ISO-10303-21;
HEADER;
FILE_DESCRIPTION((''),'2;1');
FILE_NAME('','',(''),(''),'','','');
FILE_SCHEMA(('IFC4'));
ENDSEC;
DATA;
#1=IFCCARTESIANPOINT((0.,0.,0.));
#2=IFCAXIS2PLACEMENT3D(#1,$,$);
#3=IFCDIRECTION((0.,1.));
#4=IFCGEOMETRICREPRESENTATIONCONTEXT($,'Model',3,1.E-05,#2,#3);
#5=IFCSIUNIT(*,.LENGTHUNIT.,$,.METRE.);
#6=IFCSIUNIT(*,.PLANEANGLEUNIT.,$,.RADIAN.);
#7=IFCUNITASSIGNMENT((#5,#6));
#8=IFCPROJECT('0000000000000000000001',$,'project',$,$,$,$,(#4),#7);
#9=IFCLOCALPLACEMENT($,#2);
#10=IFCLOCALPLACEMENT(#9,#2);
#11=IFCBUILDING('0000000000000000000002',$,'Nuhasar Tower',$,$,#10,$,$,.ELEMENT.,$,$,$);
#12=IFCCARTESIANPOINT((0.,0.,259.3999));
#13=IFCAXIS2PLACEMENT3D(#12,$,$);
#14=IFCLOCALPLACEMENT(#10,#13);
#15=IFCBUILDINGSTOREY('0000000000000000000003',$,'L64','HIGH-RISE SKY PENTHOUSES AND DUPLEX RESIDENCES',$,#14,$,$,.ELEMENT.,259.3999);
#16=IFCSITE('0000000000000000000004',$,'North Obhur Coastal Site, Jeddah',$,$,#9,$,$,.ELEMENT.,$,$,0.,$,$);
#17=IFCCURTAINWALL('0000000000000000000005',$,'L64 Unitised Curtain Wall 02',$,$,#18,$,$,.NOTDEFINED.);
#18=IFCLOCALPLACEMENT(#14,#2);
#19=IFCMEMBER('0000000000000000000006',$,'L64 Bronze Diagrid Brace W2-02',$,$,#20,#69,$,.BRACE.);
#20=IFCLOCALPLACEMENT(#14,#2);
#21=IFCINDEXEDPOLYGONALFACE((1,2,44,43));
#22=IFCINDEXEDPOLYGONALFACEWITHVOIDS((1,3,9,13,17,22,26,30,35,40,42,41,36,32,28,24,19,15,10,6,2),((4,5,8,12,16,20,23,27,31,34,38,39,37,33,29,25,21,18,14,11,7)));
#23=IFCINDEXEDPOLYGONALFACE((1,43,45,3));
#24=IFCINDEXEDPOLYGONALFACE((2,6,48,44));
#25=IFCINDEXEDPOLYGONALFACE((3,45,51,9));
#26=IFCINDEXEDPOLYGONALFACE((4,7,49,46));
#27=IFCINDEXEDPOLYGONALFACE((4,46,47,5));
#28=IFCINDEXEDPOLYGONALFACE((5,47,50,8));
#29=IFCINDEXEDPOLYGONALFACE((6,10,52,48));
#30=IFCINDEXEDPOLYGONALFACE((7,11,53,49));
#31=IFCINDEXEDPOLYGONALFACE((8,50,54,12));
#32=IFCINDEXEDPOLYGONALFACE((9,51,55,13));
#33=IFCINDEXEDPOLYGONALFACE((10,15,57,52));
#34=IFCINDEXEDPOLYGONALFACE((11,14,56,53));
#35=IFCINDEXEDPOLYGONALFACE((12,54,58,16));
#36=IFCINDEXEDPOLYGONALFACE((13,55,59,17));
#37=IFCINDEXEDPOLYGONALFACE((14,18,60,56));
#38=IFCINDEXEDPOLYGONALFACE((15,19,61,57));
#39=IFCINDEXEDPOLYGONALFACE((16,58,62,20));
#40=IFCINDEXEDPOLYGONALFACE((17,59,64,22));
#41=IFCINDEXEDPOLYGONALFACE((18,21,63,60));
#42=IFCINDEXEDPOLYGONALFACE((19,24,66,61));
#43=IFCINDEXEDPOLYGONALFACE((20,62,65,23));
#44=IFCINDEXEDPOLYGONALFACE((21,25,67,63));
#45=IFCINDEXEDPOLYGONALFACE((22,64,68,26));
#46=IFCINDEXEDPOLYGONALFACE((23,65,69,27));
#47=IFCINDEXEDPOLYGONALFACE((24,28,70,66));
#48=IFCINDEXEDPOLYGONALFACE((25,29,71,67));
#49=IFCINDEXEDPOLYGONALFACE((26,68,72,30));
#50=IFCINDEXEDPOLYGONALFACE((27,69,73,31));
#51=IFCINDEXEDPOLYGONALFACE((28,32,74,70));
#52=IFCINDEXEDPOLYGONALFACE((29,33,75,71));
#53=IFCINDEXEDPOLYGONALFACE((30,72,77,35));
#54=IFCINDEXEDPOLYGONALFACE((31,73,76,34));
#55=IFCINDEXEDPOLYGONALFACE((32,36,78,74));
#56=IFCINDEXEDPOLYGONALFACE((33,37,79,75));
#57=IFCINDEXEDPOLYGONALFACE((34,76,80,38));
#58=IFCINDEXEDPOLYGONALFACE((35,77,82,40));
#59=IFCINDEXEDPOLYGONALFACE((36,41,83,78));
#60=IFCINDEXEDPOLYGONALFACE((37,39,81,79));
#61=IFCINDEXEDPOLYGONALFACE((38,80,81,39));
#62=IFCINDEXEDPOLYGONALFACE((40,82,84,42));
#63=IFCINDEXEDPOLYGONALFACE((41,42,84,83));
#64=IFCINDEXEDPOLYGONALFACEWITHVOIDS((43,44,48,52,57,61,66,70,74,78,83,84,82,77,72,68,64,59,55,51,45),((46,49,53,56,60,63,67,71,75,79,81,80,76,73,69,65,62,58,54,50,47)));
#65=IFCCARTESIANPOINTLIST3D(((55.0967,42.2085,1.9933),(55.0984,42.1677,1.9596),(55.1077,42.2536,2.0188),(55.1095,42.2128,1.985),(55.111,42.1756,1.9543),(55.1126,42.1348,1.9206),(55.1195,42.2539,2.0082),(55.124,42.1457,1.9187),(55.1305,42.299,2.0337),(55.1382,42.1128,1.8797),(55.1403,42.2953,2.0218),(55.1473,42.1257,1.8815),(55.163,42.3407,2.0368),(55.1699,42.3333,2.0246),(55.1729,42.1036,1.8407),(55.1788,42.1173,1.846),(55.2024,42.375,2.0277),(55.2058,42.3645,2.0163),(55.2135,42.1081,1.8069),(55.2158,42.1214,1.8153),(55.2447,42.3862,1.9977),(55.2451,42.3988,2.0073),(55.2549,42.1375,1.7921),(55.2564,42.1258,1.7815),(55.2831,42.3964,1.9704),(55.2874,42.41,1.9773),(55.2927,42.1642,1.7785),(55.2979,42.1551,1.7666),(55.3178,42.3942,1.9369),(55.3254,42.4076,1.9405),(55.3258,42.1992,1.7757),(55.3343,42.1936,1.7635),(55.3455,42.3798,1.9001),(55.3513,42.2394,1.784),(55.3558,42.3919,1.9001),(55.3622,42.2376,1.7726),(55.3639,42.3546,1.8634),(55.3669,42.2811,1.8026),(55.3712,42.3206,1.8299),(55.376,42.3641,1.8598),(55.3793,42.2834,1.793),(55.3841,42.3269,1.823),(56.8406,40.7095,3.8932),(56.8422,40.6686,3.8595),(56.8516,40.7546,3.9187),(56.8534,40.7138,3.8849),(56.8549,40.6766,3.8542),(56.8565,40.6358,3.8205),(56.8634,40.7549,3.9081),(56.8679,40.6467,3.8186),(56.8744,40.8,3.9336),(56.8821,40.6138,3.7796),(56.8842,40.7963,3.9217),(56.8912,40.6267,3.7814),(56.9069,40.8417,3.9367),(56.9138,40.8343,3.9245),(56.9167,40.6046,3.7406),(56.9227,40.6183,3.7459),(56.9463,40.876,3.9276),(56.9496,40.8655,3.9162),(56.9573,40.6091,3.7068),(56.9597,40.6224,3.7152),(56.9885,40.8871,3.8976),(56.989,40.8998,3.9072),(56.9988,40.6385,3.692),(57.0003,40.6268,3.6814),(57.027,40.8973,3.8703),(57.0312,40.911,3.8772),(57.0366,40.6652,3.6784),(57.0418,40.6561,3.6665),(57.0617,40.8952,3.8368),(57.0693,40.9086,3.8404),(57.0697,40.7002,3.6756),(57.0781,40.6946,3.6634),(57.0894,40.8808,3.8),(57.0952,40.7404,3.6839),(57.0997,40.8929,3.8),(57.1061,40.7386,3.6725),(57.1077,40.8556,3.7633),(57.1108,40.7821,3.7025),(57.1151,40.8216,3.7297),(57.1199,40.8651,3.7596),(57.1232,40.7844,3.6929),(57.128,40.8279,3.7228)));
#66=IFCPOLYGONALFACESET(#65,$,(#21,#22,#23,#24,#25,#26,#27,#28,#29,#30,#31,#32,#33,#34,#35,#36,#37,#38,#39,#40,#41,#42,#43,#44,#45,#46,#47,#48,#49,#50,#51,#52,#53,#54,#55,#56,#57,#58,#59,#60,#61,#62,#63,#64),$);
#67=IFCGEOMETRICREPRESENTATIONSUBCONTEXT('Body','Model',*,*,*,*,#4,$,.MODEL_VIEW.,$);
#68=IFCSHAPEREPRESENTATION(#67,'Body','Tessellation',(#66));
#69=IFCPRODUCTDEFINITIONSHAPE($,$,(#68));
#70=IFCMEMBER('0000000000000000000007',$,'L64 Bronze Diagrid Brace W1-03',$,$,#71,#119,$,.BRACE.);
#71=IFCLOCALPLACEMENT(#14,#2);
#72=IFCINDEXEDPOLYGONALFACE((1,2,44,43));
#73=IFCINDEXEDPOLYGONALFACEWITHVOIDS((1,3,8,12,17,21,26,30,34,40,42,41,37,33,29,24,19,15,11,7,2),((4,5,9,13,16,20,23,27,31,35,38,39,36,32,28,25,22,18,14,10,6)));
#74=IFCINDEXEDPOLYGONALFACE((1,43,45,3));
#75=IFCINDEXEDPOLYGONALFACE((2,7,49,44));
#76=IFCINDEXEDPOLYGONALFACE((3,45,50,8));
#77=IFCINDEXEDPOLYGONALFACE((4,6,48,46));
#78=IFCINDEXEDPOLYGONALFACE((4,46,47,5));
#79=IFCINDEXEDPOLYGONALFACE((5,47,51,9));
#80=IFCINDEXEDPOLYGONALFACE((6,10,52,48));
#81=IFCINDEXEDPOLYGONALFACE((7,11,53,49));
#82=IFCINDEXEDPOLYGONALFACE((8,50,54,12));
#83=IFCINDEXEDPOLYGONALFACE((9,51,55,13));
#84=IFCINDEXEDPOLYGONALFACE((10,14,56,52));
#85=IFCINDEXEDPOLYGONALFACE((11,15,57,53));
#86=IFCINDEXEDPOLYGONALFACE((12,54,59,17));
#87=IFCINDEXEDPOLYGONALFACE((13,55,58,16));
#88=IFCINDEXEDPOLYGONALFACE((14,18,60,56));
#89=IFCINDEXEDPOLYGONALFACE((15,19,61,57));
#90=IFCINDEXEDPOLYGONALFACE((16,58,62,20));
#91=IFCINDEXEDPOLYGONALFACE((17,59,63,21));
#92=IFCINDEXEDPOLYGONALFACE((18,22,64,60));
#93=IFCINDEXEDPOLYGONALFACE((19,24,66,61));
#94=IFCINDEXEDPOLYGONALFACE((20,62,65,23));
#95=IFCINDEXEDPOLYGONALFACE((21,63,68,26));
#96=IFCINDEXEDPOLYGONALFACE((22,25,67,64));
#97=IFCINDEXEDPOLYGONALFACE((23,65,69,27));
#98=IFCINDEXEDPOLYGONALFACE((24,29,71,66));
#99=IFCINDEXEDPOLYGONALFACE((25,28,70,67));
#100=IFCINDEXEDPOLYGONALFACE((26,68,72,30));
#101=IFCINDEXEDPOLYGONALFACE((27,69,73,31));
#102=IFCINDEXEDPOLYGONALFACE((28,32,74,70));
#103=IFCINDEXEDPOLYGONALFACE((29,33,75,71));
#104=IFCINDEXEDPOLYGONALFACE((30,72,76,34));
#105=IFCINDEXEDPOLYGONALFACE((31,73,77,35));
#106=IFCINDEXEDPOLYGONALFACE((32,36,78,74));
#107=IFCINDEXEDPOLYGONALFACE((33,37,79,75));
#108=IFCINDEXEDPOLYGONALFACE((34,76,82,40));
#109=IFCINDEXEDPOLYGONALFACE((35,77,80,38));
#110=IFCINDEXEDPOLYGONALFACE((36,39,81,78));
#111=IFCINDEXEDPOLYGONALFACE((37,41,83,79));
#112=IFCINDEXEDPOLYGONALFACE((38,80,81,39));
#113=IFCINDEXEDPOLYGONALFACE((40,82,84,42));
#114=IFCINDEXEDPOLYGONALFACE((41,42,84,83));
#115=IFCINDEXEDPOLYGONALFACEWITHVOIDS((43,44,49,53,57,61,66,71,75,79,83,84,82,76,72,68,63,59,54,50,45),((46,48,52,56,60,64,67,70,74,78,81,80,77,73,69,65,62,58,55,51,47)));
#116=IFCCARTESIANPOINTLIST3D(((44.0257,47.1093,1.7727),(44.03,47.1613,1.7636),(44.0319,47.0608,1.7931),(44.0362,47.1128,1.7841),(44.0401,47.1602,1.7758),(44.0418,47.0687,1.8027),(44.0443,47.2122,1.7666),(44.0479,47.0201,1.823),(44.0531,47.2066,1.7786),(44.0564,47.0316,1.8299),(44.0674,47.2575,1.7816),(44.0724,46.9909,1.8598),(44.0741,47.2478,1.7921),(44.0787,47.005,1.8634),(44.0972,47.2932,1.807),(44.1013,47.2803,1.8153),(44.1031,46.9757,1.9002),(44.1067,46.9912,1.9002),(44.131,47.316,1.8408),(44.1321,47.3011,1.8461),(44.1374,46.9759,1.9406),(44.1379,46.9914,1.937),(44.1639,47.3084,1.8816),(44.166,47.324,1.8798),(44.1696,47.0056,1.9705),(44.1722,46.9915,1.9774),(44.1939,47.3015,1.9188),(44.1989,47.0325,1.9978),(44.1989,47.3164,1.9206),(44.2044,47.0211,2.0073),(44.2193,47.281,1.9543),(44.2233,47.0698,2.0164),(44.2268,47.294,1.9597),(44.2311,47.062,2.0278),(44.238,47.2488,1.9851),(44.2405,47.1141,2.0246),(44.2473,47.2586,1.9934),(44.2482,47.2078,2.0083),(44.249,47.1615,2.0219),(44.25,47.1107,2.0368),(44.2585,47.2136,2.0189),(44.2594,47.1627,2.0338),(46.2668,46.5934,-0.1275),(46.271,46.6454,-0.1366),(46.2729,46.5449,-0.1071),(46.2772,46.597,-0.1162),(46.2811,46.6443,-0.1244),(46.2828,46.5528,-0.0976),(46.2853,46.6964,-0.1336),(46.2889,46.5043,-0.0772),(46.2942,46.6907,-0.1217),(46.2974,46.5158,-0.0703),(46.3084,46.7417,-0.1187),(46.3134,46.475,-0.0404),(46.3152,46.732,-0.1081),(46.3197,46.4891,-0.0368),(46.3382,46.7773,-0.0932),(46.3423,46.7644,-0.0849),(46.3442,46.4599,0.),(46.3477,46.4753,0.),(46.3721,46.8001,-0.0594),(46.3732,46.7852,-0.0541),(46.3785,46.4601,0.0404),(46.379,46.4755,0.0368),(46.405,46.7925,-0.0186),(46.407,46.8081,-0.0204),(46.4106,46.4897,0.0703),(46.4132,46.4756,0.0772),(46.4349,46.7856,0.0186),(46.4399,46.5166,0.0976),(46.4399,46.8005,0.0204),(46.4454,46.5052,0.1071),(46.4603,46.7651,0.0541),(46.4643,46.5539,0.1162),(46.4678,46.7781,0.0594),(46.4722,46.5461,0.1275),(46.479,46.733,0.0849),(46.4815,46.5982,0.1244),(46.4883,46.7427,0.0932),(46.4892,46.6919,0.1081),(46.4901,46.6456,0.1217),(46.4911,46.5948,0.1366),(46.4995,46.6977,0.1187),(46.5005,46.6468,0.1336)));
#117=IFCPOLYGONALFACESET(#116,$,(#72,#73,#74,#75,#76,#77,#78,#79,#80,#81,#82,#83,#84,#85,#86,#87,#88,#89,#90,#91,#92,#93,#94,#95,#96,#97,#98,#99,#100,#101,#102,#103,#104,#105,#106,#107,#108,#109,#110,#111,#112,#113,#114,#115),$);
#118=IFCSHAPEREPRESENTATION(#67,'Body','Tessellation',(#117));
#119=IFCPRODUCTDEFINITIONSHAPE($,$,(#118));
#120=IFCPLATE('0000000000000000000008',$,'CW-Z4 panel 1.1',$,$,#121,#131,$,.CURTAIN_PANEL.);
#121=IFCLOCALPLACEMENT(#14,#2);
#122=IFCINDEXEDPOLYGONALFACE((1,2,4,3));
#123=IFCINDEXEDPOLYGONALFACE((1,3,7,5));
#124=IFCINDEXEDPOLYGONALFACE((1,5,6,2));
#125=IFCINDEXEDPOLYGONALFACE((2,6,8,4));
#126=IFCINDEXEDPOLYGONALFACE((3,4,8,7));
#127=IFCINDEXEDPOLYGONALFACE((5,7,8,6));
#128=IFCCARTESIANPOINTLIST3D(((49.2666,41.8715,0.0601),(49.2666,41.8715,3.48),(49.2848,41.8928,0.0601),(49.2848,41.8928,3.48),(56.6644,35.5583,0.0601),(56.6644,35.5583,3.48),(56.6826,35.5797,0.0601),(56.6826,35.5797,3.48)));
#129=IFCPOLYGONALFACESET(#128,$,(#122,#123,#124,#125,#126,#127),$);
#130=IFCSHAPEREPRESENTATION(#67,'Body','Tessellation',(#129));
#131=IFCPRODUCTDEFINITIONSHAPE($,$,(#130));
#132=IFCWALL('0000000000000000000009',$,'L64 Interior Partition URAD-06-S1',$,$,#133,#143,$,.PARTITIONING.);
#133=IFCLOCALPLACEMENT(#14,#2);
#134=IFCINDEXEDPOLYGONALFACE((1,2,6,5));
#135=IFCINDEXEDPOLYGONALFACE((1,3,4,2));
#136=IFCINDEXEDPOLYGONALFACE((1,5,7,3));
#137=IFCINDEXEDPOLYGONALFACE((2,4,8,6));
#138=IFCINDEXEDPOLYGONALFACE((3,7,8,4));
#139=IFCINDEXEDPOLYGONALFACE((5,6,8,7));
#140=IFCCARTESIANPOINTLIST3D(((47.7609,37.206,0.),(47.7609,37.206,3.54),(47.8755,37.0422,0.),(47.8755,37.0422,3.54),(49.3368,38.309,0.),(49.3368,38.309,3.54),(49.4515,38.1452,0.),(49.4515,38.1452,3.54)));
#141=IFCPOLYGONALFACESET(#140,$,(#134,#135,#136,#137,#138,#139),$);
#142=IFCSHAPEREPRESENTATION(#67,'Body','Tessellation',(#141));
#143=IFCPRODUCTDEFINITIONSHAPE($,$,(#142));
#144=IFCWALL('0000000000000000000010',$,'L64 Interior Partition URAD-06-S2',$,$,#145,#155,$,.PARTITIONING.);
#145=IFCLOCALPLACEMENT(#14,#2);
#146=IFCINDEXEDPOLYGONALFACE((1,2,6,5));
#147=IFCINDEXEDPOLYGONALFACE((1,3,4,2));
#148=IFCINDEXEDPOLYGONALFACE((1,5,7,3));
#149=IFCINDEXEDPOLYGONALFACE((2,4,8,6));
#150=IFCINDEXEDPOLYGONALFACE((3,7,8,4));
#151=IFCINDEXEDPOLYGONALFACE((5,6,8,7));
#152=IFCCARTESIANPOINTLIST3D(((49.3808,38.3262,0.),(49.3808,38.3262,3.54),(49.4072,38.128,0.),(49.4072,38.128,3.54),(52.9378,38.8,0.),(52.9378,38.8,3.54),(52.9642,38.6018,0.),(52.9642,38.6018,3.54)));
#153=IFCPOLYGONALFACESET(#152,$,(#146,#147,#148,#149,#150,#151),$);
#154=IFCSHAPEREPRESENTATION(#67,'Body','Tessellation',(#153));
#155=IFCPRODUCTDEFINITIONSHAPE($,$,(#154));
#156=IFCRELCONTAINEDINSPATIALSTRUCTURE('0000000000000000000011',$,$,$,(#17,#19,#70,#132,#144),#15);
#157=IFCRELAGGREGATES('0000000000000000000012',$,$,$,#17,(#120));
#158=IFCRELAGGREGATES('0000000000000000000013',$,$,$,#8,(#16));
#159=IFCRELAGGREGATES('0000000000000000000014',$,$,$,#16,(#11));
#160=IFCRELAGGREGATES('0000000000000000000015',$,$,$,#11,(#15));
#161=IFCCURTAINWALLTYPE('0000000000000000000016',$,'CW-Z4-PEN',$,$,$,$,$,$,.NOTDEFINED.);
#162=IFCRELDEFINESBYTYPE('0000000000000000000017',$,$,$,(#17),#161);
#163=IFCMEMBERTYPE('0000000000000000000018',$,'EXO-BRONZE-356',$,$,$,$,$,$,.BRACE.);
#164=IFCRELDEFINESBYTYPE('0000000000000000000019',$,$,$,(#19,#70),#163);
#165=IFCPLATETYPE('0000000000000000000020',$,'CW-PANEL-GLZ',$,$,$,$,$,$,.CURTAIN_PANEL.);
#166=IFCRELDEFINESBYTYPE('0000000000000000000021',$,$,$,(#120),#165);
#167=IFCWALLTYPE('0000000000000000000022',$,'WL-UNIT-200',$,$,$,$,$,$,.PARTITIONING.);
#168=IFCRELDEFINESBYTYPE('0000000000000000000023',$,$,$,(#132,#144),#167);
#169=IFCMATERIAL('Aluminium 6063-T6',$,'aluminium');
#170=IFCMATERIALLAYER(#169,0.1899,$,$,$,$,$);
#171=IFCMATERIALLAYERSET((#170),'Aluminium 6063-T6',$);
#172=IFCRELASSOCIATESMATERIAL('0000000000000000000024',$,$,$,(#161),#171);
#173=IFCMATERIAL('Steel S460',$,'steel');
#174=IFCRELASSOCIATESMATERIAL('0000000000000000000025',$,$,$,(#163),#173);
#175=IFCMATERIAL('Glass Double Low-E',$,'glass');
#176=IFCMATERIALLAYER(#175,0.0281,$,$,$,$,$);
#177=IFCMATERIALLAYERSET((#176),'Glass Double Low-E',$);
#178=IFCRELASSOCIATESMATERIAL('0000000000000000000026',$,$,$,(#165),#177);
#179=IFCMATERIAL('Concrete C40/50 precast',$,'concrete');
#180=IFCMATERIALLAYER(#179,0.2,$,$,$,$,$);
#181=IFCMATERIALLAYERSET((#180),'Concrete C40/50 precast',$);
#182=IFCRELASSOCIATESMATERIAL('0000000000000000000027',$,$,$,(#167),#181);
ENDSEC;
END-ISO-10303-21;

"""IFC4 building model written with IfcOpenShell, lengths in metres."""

from ifc_helpers import new_model, si_unit, direction, frame, frame_2d, origin, origin_2d, place, context, subcontext, project, spatial, rectangle, hollow_circle, extrude, material, layer, layer_set, material_profile, profile_set, type_object, element, aggregate, save


model = new_model("IFC4")

# Units and contexts
model_context = context("Model", 3, precision=1e-05, world=origin(), true_north=direction((0.0, 1.0)))
body_context = subcontext(model_context, "Body", "Model", "MODEL_VIEW")
ifc_project = project(units=[si_unit("LENGTHUNIT", "METRE"), si_unit("PLANEANGLEUNIT", "RADIAN")], contexts=[model_context])

# Site, building, storey
site_placement = place(None, origin())
site = spatial("IfcSite", under=ifc_project, at=site_placement, Name="North Obhur Coastal Site, Jeddah", CompositionType="ELEMENT", RefElevation=0.0)
building_placement = place(site_placement, origin())
building = spatial("IfcBuilding", under=site, at=building_placement, Name="Nuhasar Tower", CompositionType="ELEMENT")
storey_placement = place(building_placement, frame((0.0, 0.0, 259.3999)))
storey = spatial("IfcBuildingStorey", under=building, at=storey_placement, Name="L64", Description="HIGH-RISE SKY PENTHOUSES AND DUPLEX RESIDENCES", CompositionType="ELEMENT", Elevation=259.3999)

# Curtain wall
ifc_material_1 = material(Name="Aluminium 6063-T6", Category="aluminium")
ifc_layer_1 = layer(ifc_material_1, 0.1899)
ifc_layer_set_1 = layer_set([ifc_layer_1], Name="Aluminium 6063-T6")
curtain_wall_type = type_object("IfcCurtainWallType", Name="CW-Z4-PEN", PredefinedType="NOTDEFINED", material=ifc_layer_set_1)
curtain_wall_1_placement = place(storey_placement, origin())
curtain_wall_1 = element("IfcCurtainWall", 1, at=curtain_wall_1_placement, inside=storey, type_object=curtain_wall_type, Name="L64 Unitised Curtain Wall 02", PredefinedType="NOTDEFINED")

# Members
ifc_material_2 = material(Name="Steel S460", Category="steel")
ifc_material_profile_1 = material_profile(ifc_material_2, hollow_circle(Radius=0.1777, WallThickness=0.0159, at=origin_2d()), Name="HSS355.6X15.9")
ifc_profile_set_1 = profile_set([ifc_material_profile_1], Name="Steel S460")
member_type_1 = type_object("IfcMemberType", Name="EXO-BRONZE-356", PredefinedType="BRACE", material=ifc_profile_set_1)
member_1_placement = place(storey_placement, frame((55.24, 42.2571, 1.9001), z_axis=(0.584625, -0.502534, 0.636925), x_axis=(0.651857, 0.758342, 0.0)))
element("IfcMember", 2, at=member_1_placement, inside=storey, type_object=member_type_1, Name="L64 Bronze Diagrid Brace W2-02", PredefinedType="BRACE", context=body_context, shape_type="SweptSolid", body=[
    extrude(hollow_circle(Radius=0.1777, WallThickness=0.0159, at=origin_2d()), origin(), (0.0, 0.0, 1.0), 2.9829),
])
member_2_placement = place(storey_placement, frame((46.384, 46.6331, 0.0), z_axis=(-0.751232, 0.172933, 0.63698), x_axis=(-0.224332, -0.974513, 0.0)))
element("IfcMember", 3, at=member_2_placement, inside=storey, type_object=member_type_1, Name="L64 Bronze Diagrid Brace W1-03", PredefinedType="BRACE", context=body_context, shape_type="SweptSolid", body=[
    extrude(hollow_circle(Radius=0.1777, WallThickness=0.0159, at=origin_2d()), origin(), (0.0, 0.0, 1.0), 2.9832),
])

# Plate
ifc_material_3 = material(Name="Glass Double Low-E", Category="glass")
ifc_layer_2 = layer(ifc_material_3, 0.0281)
ifc_layer_set_2 = layer_set([ifc_layer_2], Name="Glass Double Low-E")
plate_type = type_object("IfcPlateType", Name="CW-PANEL-GLZ", PredefinedType="CURTAIN_PANEL", material=ifc_layer_set_2)
plate_placement = place(storey_placement, frame((52.9746, 38.7256, 0.0601), z_axis=(0.0, 0.0, 1.0), x_axis=(-0.760667, 0.649142, 0.0)))
plate = element("IfcPlate", 4, at=plate_placement, type_object=plate_type, Name="CW-Z4 panel 1.1", PredefinedType="CURTAIN_PANEL", context=body_context, shape_type="SweptSolid", body=[
    extrude(rectangle(XDim=9.7253, YDim=0.0281, at=origin_2d()), origin(), (0.0, 0.0, 1.0), 3.4199),
])
aggregate(curtain_wall_1, [plate])

# Walls
ifc_material_4 = material(Name="Concrete C40/50 precast", Category="concrete")
ifc_layer_3 = layer(ifc_material_4, 0.2)
ifc_layer_set_3 = layer_set([ifc_layer_3], Name="Concrete C40/50 precast")
wall_type_1 = type_object("IfcWallType", Name="WL-UNIT-200", PredefinedType="PARTITIONING", material=ifc_layer_set_3)
wall_1_placement = place(storey_placement, frame((47.8181, 37.124, 0.0), z_axis=(0.0, 0.0, 1.0), x_axis=(0.819262, 0.57342, 0.0)))
element("IfcWall", 5, at=wall_1_placement, inside=storey, type_object=wall_type_1, Name="L64 Interior Partition URAD-06-S1", PredefinedType="PARTITIONING", context=body_context, shape_type="SweptSolid", body=[
    extrude(rectangle(XDim=1.9236, YDim=0.2, at=frame_2d((0.9619, 0.0))), origin(), (0.0, 0.0, 1.0), 3.54),
])
wall_2_placement = place(storey_placement, frame((49.394, 38.2271, 0.0), z_axis=(0.0, 0.0, 1.0), x_axis=(0.991242, 0.132061, 0.0)))
element("IfcWall", 6, at=wall_2_placement, inside=storey, type_object=wall_type_1, Name="L64 Interior Partition URAD-06-S2", PredefinedType="PARTITIONING", context=body_context, shape_type="SweptSolid", body=[
    extrude(rectangle(XDim=3.5884, YDim=0.2, at=frame_2d((1.7942, 0.0))), origin(), (0.0, 0.0, 1.0), 3.54),
])

save(model, "model.ifc")
